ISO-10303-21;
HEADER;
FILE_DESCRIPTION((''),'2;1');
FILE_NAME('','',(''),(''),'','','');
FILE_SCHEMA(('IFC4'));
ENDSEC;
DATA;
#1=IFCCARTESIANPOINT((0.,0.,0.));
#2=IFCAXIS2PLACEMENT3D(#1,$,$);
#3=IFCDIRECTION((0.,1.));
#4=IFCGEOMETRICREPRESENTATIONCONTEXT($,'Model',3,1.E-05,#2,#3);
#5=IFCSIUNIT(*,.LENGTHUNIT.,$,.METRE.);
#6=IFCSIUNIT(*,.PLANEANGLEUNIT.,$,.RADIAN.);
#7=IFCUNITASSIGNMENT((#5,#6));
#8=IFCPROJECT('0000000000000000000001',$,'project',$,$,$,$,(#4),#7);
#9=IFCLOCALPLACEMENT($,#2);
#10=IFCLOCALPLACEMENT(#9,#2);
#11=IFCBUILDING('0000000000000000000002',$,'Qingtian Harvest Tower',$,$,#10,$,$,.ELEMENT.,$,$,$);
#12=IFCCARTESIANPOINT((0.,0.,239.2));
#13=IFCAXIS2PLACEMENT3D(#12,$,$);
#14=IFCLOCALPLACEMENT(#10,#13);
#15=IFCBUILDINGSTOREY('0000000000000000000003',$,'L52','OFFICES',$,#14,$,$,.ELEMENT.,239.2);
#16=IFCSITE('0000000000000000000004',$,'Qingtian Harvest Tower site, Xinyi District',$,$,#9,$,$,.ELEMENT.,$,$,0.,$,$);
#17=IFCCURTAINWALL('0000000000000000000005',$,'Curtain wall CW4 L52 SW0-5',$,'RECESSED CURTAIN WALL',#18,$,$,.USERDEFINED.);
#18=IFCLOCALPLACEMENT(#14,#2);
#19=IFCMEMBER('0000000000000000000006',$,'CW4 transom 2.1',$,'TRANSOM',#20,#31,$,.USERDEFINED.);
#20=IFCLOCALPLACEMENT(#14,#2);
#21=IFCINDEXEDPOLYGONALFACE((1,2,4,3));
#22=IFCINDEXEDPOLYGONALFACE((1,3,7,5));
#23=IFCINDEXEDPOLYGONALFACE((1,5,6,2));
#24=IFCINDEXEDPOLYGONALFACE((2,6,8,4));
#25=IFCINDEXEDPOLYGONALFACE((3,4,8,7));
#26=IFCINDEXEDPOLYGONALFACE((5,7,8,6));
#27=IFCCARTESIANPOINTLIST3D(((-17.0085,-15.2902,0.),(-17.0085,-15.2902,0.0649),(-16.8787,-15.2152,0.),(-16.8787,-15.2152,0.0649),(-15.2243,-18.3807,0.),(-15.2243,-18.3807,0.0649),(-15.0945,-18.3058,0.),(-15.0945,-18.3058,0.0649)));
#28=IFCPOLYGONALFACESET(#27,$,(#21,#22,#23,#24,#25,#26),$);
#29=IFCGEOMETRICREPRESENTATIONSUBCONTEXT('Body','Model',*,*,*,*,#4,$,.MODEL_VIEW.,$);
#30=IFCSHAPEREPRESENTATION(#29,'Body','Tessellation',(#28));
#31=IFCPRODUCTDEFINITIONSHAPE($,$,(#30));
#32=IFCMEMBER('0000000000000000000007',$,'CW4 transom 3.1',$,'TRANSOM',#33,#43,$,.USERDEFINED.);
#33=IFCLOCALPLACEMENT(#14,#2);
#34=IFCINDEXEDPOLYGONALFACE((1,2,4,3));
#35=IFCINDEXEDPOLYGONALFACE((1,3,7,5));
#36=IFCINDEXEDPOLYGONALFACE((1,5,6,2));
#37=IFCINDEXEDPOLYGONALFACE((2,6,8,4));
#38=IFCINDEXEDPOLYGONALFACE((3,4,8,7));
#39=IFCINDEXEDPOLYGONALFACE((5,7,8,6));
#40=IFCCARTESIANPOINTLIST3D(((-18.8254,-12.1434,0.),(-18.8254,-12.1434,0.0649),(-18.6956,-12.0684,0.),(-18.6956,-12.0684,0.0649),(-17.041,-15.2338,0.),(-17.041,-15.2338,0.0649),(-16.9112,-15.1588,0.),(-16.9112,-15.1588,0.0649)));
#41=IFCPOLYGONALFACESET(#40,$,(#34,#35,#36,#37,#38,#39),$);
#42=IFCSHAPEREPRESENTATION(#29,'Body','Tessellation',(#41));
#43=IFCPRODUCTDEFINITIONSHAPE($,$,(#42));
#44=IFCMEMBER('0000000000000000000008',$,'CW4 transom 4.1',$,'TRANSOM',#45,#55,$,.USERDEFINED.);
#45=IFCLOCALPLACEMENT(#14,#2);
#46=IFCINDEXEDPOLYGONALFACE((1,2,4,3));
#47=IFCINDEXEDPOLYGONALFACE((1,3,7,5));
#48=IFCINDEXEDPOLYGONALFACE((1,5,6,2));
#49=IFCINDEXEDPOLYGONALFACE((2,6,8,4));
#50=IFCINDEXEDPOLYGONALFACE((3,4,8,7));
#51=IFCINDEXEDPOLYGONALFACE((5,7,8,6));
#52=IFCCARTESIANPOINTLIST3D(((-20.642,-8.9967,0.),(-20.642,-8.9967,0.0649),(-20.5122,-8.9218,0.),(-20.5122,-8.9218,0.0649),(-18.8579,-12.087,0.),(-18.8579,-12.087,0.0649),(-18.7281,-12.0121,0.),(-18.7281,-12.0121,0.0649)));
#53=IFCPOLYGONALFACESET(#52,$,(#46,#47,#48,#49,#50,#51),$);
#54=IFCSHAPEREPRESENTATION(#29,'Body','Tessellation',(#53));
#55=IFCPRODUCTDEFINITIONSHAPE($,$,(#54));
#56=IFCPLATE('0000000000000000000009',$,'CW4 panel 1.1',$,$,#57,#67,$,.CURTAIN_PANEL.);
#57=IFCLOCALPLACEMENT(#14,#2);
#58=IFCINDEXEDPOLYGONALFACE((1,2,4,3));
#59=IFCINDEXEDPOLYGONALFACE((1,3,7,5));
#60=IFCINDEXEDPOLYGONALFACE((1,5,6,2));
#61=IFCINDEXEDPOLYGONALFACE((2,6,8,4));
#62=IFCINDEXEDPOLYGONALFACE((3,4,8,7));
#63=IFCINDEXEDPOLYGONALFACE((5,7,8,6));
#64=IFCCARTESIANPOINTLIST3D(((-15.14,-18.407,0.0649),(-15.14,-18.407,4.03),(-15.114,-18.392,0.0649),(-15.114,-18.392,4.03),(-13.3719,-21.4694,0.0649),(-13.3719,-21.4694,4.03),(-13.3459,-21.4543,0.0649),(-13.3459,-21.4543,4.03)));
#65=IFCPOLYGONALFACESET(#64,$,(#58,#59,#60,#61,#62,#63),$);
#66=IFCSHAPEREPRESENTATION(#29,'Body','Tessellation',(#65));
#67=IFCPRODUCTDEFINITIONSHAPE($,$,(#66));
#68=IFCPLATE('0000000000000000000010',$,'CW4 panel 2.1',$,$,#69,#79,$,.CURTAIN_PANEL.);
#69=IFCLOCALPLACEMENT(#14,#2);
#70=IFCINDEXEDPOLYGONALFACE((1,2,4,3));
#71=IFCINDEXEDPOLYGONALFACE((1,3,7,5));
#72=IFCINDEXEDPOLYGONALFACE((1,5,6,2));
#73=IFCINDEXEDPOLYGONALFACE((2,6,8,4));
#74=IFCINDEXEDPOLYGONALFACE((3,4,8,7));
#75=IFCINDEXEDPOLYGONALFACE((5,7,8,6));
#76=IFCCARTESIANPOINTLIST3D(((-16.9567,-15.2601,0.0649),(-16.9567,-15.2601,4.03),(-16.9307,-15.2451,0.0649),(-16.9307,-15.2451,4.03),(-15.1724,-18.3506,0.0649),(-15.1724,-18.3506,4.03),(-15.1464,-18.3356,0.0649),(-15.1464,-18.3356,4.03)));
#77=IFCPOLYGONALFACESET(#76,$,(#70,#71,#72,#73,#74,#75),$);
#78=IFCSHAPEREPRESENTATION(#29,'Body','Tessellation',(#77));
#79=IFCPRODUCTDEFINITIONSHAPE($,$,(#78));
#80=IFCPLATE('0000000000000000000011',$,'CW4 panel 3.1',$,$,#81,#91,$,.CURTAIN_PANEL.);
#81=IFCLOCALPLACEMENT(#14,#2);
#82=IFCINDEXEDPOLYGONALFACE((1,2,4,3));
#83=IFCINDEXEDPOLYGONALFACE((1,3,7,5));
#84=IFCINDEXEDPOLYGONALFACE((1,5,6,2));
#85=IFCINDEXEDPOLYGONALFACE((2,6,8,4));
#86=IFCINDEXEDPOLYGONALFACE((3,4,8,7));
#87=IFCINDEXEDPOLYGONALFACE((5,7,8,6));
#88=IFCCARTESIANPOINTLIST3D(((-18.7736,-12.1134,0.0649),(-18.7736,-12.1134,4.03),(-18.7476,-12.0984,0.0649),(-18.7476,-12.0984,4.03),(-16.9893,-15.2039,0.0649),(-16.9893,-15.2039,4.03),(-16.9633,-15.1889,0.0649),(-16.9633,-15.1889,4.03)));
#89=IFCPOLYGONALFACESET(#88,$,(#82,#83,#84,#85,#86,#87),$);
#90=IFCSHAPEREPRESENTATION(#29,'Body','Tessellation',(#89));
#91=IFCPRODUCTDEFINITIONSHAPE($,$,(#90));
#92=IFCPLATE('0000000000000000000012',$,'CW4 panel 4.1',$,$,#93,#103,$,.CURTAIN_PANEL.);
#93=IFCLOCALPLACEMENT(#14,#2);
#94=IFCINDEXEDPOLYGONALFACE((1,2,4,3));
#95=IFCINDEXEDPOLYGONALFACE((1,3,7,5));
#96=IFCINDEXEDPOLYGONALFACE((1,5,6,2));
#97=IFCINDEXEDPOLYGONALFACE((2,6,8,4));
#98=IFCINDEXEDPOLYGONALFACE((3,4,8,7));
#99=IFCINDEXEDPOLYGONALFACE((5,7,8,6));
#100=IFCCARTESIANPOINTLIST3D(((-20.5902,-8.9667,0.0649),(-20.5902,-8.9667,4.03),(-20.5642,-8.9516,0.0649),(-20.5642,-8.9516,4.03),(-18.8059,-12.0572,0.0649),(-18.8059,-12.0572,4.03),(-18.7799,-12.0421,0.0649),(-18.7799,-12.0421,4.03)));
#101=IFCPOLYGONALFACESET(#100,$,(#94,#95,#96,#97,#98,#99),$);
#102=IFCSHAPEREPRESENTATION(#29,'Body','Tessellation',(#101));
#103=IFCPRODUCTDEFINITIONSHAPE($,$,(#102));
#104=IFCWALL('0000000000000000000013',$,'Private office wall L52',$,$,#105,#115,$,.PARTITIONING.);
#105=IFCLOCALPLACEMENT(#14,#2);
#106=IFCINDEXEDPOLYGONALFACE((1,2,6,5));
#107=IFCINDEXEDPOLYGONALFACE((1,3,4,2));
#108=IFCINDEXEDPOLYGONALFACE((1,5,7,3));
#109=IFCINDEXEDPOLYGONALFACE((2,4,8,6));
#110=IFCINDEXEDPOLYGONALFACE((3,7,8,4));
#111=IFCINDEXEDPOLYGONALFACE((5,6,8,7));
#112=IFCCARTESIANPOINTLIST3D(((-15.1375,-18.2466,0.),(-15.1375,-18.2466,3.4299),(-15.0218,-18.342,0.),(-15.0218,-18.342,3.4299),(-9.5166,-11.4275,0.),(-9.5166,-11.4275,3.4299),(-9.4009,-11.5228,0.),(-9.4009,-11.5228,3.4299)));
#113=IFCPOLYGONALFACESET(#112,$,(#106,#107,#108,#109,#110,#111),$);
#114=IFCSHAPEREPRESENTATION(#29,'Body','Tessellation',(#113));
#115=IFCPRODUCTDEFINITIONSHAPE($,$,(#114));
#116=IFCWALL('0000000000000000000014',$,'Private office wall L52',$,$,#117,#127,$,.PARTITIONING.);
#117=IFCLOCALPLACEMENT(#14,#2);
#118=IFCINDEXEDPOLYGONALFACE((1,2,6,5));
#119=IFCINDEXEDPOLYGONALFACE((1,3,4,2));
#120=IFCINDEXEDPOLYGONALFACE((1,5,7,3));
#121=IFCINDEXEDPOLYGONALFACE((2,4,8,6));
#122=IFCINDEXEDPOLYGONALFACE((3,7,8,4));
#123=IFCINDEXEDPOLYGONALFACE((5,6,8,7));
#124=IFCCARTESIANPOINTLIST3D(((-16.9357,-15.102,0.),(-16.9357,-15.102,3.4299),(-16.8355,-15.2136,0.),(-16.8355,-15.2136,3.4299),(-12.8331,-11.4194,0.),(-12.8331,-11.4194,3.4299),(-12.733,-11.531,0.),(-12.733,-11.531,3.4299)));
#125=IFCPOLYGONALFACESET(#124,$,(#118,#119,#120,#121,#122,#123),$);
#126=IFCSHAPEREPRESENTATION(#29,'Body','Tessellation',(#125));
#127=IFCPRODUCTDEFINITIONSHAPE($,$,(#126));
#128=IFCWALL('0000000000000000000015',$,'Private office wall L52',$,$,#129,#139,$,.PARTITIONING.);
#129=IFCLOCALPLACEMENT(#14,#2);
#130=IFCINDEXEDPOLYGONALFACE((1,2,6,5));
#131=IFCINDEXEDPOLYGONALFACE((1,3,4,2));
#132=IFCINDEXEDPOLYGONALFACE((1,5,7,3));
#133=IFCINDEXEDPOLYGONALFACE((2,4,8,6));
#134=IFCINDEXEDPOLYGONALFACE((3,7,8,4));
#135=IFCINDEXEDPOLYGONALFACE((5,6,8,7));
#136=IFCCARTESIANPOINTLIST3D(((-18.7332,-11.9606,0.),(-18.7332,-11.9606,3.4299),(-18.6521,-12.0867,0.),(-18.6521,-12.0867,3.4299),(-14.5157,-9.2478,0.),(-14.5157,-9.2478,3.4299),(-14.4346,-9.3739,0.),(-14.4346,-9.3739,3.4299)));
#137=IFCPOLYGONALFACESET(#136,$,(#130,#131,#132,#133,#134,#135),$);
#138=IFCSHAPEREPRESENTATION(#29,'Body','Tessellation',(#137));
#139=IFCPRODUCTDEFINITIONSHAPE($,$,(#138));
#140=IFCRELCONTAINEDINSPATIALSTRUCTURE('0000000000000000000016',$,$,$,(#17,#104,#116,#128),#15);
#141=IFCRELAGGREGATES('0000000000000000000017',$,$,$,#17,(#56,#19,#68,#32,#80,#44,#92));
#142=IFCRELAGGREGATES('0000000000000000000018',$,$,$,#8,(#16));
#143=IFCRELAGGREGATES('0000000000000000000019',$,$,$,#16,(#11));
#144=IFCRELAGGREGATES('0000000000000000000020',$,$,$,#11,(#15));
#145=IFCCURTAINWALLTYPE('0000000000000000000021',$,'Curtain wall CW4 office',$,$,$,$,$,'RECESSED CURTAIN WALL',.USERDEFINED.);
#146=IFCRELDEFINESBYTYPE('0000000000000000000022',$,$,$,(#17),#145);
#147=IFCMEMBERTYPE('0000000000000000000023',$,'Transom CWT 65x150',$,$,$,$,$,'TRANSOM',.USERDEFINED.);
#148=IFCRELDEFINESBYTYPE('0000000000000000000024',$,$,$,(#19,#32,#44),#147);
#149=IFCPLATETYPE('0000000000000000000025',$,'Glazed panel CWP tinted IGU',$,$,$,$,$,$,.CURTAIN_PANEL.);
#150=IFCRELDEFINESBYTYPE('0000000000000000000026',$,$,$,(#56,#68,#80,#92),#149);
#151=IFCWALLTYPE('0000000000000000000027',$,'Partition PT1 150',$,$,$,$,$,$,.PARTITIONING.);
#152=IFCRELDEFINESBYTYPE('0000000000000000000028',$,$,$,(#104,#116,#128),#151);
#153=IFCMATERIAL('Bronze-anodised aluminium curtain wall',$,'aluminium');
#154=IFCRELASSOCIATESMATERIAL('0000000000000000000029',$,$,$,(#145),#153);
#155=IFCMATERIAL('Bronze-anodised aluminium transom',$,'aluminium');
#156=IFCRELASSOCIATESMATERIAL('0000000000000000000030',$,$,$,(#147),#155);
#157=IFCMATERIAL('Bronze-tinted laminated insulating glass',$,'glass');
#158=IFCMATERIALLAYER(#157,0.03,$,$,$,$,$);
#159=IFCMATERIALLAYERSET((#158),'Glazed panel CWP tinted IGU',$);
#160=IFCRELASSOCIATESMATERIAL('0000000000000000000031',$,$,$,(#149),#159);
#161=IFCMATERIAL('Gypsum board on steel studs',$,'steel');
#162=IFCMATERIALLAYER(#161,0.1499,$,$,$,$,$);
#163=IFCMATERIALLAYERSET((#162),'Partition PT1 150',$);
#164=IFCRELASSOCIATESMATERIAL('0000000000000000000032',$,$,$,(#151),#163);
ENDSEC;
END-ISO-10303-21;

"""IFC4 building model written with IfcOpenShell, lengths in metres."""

from ifc_helpers import new_model, si_unit, direction, frame, frame_2d, origin, origin_2d, place, context, subcontext, project, spatial, rectangle, extrude, material, layer, layer_set, material_profile, profile_set, type_object, element, aggregate, save


model = new_model("IFC4")

# Units and contexts
model_context = context("Model", 3, precision=1e-05, world=origin(), true_north=direction((0.0, 1.0)))
body_context = subcontext(model_context, "Body", "Model", "MODEL_VIEW")
ifc_project = project(units=[si_unit("LENGTHUNIT", "METRE"), si_unit("PLANEANGLEUNIT", "RADIAN")], contexts=[model_context])

# Site, building, storey
site_placement = place(None, origin())
site = spatial("IfcSite", under=ifc_project, at=site_placement, Name="Qingtian Harvest Tower site, Xinyi District", CompositionType="ELEMENT", RefElevation=0.0)
building_placement = place(site_placement, origin())
building = spatial("IfcBuilding", under=site, at=building_placement, Name="Qingtian Harvest Tower", CompositionType="ELEMENT")
storey_placement = place(building_placement, frame((0.0, 0.0, 239.2)))
storey = spatial("IfcBuildingStorey", under=building, at=storey_placement, Name="L52", Description="OFFICES", CompositionType="ELEMENT", Elevation=239.2)

# Curtain wall
ifc_material_1 = material(Name="Bronze-anodised aluminium curtain wall", Category="aluminium")
curtain_wall_type = type_object("IfcCurtainWallType", Name="Curtain wall CW4 office", ElementType="RECESSED CURTAIN WALL", PredefinedType="USERDEFINED", material=ifc_material_1)
curtain_wall_placement = place(storey_placement, origin())
curtain_wall = element("IfcCurtainWall", 1, at=curtain_wall_placement, inside=storey, type_object=curtain_wall_type, Name="Curtain wall CW4 L52 SW0-5", ObjectType="RECESSED CURTAIN WALL", PredefinedType="USERDEFINED")

# Members
ifc_material_2 = material(Name="Bronze-anodised aluminium transom", Category="aluminium")
ifc_material_profile_1 = material_profile(ifc_material_2, rectangle(XDim=0.1499, YDim=0.0649, at=origin_2d()), Name="AL 65x150")
ifc_profile_set_1 = profile_set([ifc_material_profile_1], Name="Bronze-anodised aluminium transom")
member_type_1 = type_object("IfcMemberType", Name="Transom CWT 65x150", ElementType="TRANSOM", PredefinedType="USERDEFINED", material=ifc_profile_set_1)
member_1_placement = place(storey_placement, frame((-15.1594, -18.3433, 0.0325), z_axis=(-0.499965, 0.866045, 0.0), x_axis=(-0.866045, -0.499965, 0.0)))
member_1 = element("IfcMember", 2, at=member_1_placement, type_object=member_type_1, Name="CW4 transom 2.1", ObjectType="TRANSOM", PredefinedType="USERDEFINED", context=body_context, shape_type="SweptSolid", body=[
    extrude(rectangle(XDim=0.1499, YDim=0.0649, at=origin_2d()), origin(), (0.0, 0.0, 1.0), 3.5686),
])
member_2_placement = place(storey_placement, frame((-16.9761, -15.1963, 0.0325), z_axis=(-0.500046, 0.865999, 0.0), x_axis=(-0.865999, -0.500046, 0.0)))
member_2 = element("IfcMember", 3, at=member_2_placement, type_object=member_type_1, Name="CW4 transom 3.1", ObjectType="TRANSOM", PredefinedType="USERDEFINED", context=body_context, shape_type="SweptSolid", body=[
    extrude(rectangle(XDim=0.1499, YDim=0.0649, at=origin_2d()), origin(), (0.0, 0.0, 1.0), 3.5686),
])
member_3_placement = place(storey_placement, frame((-18.793, -12.0496, 0.0325), z_axis=(-0.499995, 0.866028, 0.0), x_axis=(-0.866028, -0.499995, 0.0)))
member_3 = element("IfcMember", 4, at=member_3_placement, type_object=member_type_1, Name="CW4 transom 4.1", ObjectType="TRANSOM", PredefinedType="USERDEFINED", context=body_context, shape_type="SweptSolid", body=[
    extrude(rectangle(XDim=0.1499, YDim=0.0649, at=origin_2d()), origin(), (0.0, 0.0, 1.0), 3.5684),
])

# Plates
ifc_material_3 = material(Name="Bronze-tinted laminated insulating glass", Category="glass")
ifc_layer_1 = layer(ifc_material_3, 0.03)
ifc_layer_set_1 = layer_set([ifc_layer_1], Name="Glazed panel CWP tinted IGU")
plate_type = type_object("IfcPlateType", Name="Glazed panel CWP tinted IGU", PredefinedType="CURTAIN_PANEL", material=ifc_layer_set_1)
plate_1_placement = place(storey_placement, frame((-14.2429, -19.9307, 0.0649), z_axis=(0.0, 0.0, 1.0), x_axis=(-0.5, 0.866025, 0.0)))
plate_1 = element("IfcPlate", 5, at=plate_1_placement, type_object=plate_type, Name="CW4 panel 1.1", PredefinedType="CURTAIN_PANEL", context=body_context, shape_type="SweptSolid", body=[
    extrude(rectangle(XDim=3.5361, YDim=0.03, at=origin_2d()), origin(), (0.0, 0.0, 1.0), 3.9651),
])
plate_2_placement = place(storey_placement, frame((-16.0515, -16.7979, 0.0649), z_axis=(0.0, 0.0, 1.0), x_axis=(-0.5, 0.866025, 0.0)))
plate_2 = element("IfcPlate", 6, at=plate_2_placement, type_object=plate_type, Name="CW4 panel 2.1", PredefinedType="CURTAIN_PANEL", context=body_context, shape_type="SweptSolid", body=[
    extrude(rectangle(XDim=3.5686, YDim=0.03, at=origin_2d()), origin(), (0.0, 0.0, 1.0), 3.9651),
])
plate_3_placement = place(storey_placement, frame((-17.8684, -13.6511, 0.0649), z_axis=(0.0, 0.0, 1.0), x_axis=(-0.5, 0.866025, 0.0)))
plate_3 = element("IfcPlate", 7, at=plate_3_placement, type_object=plate_type, Name="CW4 panel 3.1", PredefinedType="CURTAIN_PANEL", context=body_context, shape_type="SweptSolid", body=[
    extrude(rectangle(XDim=3.5686, YDim=0.03, at=origin_2d()), origin(), (0.0, 0.0, 1.0), 3.9651),
])
plate_4_placement = place(storey_placement, frame((-19.6851, -10.5044, 0.0649), z_axis=(0.0, 0.0, 1.0), x_axis=(-0.5, 0.866025, 0.0)))
plate_4 = element("IfcPlate", 8, at=plate_4_placement, type_object=plate_type, Name="CW4 panel 4.1", PredefinedType="CURTAIN_PANEL", context=body_context, shape_type="SweptSolid", body=[
    extrude(rectangle(XDim=3.5686, YDim=0.03, at=origin_2d()), origin(), (0.0, 0.0, 1.0), 3.9651),
])
aggregate(curtain_wall, [plate_1, member_1, plate_2, member_2, plate_3, member_3, plate_4])

# Walls
ifc_material_4 = material(Name="Gypsum board on steel studs", Category="steel")
ifc_layer_2 = layer(ifc_material_4, 0.1499)
ifc_layer_set_2 = layer_set([ifc_layer_2], Name="Partition PT1 150")
wall_type = type_object("IfcWallType", Name="Partition PT1 150", PredefinedType="PARTITIONING", material=ifc_layer_set_2)
wall_1_placement = place(storey_placement, frame((-15.0796, -18.2942, 0.0), z_axis=(0.0, 0.0, 1.0), x_axis=(0.636053, 0.771645, 0.0)))
element("IfcWall", 9, at=wall_1_placement, inside=storey, type_object=wall_type, Name="Private office wall L52", PredefinedType="PARTITIONING", context=body_context, shape_type="SweptSolid", body=[
    extrude(rectangle(XDim=8.8372, YDim=0.1499, at=frame_2d((4.4185, 0.0))), origin(), (0.0, 0.0, 1.0), 3.4299),
])
wall_2_placement = place(storey_placement, frame((-16.8855, -15.1577, 0.0), z_axis=(0.0, 0.0, 1.0), x_axis=(0.744166, 0.667995, 0.0)))
element("IfcWall", 10, at=wall_2_placement, inside=storey, type_object=wall_type, Name="Private office wall L52", PredefinedType="PARTITIONING", context=body_context, shape_type="SweptSolid", body=[
    extrude(rectangle(XDim=5.5129, YDim=0.1499, at=frame_2d((2.7563, 0.0))), origin(), (0.0, 0.0, 1.0), 3.4299),
])

# Wall
wall_3_placement = place(storey_placement, frame((-18.6926, -12.0237, 0.0), z_axis=(0.0, 0.0, 1.0), x_axis=(0.841031, 0.540986, 0.0)))
element("IfcWall", 11, at=wall_3_placement, inside=storey, type_object=wall_type, Name="Private office wall L52", PredefinedType="PARTITIONING", context=body_context, shape_type="SweptSolid", body=[
    extrude(rectangle(XDim=5.0146, YDim=0.1499, at=frame_2d((2.5073, 0.0))), origin(), (0.0, 0.0, 1.0), 3.4299),
])

save(model, "model.ifc")
